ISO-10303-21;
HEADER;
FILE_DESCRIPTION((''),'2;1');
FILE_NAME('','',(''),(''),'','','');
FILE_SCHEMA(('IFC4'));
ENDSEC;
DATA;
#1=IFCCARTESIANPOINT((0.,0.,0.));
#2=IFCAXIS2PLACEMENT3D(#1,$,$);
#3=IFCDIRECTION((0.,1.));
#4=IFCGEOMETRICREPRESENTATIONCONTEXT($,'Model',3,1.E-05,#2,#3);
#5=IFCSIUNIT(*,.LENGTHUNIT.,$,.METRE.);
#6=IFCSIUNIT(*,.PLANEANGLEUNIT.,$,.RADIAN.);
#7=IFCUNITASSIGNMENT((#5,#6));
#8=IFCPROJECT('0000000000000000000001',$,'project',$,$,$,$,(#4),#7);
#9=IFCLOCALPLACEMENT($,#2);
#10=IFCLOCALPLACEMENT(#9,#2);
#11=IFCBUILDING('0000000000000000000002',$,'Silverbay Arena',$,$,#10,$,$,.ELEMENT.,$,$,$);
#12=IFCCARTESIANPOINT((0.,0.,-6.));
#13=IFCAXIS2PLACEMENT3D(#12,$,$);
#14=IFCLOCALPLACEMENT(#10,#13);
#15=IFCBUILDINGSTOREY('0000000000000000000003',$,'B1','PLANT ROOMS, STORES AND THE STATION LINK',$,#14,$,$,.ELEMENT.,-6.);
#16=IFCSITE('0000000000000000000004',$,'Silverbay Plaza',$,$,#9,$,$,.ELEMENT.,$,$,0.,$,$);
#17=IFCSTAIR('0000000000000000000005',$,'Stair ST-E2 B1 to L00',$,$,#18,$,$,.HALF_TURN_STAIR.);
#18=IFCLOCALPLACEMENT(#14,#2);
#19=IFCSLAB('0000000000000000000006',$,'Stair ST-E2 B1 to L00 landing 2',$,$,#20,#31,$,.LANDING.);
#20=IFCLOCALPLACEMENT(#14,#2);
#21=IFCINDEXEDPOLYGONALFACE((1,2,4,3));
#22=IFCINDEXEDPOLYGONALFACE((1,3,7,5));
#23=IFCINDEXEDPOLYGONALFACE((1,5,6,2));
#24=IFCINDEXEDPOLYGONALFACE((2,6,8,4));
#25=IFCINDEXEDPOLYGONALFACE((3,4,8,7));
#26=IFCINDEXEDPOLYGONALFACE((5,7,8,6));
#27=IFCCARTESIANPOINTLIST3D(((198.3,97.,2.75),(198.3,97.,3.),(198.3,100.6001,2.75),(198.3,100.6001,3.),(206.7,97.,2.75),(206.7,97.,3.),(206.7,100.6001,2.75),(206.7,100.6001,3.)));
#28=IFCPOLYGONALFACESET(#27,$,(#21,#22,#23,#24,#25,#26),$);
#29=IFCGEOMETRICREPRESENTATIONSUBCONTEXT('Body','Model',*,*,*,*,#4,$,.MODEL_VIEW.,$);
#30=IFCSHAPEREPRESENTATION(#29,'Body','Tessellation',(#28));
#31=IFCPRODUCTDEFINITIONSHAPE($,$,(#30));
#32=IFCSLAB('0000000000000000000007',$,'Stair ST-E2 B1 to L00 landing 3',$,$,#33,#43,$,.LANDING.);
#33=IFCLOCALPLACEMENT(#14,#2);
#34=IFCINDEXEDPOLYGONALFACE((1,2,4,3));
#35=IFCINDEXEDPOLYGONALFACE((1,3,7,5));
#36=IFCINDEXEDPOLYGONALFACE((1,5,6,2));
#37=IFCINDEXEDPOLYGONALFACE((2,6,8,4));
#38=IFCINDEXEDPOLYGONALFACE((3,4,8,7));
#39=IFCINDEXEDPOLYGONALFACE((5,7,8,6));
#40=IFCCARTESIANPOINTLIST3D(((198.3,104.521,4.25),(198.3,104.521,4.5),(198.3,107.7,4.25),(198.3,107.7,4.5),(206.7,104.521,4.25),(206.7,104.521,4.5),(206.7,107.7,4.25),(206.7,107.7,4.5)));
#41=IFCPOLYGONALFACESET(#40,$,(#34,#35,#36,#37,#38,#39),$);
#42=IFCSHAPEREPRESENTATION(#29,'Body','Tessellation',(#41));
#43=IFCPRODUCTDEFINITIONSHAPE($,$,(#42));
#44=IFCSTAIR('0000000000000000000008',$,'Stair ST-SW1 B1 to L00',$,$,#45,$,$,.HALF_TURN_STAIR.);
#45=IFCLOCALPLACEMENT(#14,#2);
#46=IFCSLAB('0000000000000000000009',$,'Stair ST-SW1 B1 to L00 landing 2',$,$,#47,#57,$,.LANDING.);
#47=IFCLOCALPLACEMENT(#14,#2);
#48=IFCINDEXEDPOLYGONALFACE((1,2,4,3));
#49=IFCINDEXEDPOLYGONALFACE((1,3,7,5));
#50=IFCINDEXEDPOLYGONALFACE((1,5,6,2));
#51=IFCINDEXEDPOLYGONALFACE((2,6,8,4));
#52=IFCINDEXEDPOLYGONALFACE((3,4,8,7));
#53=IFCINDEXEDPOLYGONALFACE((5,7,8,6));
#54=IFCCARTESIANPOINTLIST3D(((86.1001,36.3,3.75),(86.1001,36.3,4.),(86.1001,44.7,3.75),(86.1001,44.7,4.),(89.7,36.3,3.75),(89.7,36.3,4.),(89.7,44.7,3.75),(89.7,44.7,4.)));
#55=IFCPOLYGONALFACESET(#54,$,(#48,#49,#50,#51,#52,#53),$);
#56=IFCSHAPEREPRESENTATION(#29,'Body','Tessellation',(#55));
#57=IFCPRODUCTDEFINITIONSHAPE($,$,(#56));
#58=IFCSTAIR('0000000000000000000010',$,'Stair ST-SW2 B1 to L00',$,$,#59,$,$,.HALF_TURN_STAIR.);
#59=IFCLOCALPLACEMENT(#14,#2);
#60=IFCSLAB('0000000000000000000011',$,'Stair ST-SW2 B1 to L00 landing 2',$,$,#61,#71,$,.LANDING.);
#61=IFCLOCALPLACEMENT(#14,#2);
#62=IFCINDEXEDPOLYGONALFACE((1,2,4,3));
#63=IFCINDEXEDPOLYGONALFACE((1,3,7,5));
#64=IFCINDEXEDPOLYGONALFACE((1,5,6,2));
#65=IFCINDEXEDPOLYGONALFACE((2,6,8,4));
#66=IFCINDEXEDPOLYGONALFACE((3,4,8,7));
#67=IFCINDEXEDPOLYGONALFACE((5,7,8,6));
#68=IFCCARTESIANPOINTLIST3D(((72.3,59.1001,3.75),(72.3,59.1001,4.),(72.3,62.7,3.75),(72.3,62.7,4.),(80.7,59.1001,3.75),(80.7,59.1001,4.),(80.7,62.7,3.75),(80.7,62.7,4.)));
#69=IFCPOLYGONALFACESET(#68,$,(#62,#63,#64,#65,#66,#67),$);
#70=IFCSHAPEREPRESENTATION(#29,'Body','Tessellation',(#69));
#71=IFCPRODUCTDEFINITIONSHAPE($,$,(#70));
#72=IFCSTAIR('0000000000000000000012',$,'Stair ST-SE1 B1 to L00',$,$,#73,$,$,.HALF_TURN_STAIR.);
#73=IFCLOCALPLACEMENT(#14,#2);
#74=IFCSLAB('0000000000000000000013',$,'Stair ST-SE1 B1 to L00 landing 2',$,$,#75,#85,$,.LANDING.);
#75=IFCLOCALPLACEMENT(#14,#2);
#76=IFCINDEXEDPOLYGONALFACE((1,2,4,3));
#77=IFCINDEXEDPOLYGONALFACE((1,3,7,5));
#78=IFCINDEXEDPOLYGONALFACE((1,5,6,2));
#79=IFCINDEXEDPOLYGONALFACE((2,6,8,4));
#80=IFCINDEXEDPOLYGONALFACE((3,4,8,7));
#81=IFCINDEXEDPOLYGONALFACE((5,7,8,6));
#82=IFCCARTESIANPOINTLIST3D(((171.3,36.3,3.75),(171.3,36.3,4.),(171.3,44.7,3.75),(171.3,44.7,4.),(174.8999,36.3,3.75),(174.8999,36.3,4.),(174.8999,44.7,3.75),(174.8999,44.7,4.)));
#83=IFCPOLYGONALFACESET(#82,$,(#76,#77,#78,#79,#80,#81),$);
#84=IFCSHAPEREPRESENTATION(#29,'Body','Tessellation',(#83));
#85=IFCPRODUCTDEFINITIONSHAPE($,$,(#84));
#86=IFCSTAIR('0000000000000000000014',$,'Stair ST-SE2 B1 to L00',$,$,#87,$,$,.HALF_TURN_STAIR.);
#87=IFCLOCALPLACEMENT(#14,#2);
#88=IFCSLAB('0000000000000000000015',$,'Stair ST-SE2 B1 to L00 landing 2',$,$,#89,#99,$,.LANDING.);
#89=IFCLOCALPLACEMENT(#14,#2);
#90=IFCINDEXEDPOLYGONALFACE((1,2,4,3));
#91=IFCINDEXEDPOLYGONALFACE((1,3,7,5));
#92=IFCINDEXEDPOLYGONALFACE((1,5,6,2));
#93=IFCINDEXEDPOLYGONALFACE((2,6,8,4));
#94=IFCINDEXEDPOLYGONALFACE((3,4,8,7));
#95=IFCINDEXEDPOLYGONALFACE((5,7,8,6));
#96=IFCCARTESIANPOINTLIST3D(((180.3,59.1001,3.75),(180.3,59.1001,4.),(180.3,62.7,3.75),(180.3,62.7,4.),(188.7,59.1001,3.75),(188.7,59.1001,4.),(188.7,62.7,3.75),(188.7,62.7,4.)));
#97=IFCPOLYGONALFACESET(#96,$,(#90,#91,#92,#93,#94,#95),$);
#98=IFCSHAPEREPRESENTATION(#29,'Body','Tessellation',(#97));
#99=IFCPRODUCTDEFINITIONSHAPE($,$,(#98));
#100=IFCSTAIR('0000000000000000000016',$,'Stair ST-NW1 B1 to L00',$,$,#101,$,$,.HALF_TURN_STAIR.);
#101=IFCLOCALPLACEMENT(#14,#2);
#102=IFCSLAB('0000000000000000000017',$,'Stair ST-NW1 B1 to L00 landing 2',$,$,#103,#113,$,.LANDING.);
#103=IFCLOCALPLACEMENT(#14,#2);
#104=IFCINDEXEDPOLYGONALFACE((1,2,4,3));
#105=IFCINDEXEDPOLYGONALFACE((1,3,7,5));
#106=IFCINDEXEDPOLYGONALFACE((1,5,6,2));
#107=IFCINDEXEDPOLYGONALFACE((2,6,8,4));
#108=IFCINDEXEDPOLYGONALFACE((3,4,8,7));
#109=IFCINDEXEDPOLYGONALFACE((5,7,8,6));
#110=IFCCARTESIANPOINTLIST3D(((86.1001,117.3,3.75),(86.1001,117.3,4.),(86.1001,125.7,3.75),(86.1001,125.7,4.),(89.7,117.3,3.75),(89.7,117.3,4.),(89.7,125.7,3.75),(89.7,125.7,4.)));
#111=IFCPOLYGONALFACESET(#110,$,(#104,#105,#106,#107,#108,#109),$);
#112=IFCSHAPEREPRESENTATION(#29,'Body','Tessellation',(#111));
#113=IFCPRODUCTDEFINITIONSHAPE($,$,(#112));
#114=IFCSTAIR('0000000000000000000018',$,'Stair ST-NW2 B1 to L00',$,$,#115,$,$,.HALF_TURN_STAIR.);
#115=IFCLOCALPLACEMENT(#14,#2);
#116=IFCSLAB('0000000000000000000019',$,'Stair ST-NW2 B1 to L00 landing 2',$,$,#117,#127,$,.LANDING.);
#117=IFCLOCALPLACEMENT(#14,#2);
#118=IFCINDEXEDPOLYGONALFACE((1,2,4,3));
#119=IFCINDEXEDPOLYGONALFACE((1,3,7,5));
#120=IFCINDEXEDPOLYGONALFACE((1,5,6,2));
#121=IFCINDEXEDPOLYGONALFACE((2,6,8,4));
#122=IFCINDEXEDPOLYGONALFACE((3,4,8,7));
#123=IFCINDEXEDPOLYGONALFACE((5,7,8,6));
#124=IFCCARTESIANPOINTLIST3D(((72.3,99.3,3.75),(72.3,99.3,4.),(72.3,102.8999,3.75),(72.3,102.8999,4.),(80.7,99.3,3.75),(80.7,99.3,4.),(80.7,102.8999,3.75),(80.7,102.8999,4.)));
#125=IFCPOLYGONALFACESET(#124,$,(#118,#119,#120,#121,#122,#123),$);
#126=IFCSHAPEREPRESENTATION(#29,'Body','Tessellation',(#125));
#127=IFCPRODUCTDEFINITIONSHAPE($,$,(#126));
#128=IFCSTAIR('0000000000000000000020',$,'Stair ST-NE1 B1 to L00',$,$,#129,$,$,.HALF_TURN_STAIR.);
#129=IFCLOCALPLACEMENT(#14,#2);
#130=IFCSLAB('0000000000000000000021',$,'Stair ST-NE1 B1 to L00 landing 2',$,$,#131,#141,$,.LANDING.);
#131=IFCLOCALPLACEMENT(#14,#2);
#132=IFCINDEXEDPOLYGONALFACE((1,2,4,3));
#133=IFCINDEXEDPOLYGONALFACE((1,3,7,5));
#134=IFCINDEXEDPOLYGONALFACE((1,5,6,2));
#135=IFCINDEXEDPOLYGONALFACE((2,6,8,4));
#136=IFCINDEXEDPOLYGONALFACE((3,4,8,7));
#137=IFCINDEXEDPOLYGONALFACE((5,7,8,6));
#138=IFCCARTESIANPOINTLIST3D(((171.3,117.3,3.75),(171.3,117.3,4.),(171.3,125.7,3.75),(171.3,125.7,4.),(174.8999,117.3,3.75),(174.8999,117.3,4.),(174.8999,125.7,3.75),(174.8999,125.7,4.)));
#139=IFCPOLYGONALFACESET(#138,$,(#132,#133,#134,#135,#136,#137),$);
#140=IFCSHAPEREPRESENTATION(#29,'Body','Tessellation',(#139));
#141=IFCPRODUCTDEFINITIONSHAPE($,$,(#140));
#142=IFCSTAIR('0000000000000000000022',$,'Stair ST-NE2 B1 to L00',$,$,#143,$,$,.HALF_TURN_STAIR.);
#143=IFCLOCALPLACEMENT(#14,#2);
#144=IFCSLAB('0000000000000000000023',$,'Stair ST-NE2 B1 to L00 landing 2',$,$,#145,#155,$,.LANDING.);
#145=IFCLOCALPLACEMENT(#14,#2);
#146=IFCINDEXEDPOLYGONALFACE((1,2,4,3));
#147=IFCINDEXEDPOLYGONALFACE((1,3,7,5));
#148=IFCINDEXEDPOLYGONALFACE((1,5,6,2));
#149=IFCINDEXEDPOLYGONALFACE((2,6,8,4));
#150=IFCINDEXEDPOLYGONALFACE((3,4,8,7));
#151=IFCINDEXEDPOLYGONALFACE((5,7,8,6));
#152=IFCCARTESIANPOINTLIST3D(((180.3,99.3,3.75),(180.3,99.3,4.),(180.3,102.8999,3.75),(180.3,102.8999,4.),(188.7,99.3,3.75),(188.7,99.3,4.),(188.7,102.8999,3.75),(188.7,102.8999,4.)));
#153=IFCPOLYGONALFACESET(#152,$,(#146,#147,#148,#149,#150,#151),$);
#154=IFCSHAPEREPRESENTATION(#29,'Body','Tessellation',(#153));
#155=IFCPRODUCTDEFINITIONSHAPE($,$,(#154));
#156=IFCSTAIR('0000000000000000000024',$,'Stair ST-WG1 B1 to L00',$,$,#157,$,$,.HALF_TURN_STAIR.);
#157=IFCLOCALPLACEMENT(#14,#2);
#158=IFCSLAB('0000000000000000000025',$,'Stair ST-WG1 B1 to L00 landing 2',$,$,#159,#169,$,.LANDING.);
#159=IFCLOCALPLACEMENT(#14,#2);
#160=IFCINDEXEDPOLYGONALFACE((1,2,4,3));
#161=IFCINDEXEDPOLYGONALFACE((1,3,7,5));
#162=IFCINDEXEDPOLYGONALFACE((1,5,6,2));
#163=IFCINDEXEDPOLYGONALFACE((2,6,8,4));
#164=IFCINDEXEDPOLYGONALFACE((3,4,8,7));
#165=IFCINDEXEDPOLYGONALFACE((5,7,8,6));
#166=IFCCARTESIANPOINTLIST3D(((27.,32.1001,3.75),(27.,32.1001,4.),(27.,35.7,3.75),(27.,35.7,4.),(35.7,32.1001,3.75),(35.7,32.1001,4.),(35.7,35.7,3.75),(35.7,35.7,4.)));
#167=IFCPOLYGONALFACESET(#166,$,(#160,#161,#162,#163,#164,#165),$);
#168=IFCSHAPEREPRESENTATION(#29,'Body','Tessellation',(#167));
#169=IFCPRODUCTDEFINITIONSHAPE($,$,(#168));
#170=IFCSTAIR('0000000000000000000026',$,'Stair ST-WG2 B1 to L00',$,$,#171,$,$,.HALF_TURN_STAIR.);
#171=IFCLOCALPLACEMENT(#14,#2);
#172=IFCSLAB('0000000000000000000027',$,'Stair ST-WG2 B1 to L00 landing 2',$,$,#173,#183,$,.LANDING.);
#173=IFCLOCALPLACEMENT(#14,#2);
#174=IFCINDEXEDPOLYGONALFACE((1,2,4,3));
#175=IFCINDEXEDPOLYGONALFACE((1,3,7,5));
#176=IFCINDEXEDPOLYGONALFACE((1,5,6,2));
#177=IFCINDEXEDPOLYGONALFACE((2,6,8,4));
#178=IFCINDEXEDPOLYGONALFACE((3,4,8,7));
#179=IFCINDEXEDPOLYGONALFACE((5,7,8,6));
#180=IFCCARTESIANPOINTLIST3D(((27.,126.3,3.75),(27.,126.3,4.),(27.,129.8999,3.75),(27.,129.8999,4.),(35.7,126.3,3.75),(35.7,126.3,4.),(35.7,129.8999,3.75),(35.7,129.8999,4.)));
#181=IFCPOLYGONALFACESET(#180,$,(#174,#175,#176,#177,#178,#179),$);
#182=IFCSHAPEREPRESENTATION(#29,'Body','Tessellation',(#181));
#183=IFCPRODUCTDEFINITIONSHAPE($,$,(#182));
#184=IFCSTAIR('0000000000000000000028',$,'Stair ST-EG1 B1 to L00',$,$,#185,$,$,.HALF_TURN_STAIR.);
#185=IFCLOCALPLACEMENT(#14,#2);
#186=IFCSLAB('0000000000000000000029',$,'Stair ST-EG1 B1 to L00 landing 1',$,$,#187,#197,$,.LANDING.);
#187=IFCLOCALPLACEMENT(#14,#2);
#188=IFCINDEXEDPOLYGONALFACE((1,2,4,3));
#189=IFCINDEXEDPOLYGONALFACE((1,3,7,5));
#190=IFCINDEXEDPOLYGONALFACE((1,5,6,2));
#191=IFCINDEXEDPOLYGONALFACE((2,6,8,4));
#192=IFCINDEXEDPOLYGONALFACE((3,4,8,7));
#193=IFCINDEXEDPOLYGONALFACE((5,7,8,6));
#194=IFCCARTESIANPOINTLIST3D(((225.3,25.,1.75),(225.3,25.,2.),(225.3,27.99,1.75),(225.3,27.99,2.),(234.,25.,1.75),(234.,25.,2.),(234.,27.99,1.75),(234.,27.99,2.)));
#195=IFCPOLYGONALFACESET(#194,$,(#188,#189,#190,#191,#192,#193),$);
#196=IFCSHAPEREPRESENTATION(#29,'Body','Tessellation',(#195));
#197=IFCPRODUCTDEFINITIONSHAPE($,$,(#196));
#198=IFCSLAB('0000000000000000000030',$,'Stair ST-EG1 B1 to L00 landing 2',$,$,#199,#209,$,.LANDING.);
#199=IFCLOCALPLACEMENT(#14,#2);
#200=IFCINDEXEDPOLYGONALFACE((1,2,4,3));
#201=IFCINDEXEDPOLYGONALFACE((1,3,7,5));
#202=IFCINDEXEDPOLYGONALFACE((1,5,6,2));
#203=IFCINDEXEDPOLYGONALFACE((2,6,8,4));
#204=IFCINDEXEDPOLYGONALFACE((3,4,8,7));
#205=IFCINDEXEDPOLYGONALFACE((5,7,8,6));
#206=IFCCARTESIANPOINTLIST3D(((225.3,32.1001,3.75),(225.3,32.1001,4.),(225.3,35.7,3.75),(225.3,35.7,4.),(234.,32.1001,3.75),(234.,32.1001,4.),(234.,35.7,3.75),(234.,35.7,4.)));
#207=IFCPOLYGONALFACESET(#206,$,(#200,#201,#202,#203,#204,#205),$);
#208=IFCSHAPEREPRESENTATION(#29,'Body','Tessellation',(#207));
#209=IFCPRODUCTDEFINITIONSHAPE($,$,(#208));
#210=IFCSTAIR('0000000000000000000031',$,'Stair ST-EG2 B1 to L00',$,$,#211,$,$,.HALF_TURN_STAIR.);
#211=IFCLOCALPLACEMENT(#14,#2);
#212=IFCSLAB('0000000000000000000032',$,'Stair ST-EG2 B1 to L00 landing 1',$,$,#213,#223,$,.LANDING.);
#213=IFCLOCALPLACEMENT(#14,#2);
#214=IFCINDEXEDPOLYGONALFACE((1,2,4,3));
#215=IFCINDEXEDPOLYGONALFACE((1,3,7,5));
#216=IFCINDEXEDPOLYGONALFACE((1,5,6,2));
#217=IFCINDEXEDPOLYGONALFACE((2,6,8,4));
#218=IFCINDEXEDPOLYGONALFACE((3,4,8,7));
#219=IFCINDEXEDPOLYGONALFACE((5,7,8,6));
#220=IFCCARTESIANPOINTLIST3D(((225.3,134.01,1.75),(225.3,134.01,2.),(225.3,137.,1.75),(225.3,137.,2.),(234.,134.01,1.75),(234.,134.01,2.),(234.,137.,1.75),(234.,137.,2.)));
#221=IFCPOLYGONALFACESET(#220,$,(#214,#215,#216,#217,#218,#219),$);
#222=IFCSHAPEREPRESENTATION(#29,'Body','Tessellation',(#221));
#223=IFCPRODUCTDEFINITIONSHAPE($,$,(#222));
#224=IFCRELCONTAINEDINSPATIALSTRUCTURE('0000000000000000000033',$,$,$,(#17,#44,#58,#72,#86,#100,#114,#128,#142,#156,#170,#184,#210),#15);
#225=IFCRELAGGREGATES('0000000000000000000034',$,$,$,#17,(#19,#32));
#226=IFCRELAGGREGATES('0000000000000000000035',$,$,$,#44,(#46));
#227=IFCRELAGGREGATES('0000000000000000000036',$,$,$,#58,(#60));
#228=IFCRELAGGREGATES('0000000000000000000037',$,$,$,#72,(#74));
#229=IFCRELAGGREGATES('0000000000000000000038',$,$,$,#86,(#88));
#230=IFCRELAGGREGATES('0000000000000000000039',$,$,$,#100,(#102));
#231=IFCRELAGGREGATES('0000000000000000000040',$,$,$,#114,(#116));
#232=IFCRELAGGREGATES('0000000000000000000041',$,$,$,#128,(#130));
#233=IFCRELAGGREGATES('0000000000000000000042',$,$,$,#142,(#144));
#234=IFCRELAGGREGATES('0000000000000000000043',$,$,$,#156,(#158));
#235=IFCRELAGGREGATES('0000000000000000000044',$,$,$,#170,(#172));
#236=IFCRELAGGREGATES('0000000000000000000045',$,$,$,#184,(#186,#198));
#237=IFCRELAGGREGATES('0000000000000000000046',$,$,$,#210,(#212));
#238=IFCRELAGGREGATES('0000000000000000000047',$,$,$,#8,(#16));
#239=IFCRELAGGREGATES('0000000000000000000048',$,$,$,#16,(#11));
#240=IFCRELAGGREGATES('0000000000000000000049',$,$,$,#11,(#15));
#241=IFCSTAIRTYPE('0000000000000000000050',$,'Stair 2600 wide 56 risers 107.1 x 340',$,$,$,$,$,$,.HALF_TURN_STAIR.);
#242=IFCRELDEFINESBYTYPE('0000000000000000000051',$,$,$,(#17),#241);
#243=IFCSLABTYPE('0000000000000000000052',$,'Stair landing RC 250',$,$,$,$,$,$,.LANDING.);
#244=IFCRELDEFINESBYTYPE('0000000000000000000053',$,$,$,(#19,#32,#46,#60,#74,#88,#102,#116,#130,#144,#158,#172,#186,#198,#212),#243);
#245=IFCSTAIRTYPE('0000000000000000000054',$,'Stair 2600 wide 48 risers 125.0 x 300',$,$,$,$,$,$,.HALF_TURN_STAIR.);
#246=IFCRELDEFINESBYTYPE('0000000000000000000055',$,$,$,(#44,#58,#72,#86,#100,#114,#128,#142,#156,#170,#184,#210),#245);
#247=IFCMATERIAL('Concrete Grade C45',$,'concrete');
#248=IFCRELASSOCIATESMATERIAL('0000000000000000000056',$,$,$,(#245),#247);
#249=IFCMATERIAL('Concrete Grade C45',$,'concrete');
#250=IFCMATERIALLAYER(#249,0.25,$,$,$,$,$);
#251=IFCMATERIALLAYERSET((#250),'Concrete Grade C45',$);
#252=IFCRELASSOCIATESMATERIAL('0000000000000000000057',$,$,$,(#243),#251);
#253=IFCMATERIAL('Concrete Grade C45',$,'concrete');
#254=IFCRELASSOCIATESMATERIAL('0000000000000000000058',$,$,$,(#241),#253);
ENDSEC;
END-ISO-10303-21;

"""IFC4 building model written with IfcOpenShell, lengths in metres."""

from ifc_helpers import new_model, si_unit, direction, frame, origin, place, context, subcontext, project, spatial, polyline, outline, extrude, material, layer, layer_set, type_object, element, aggregate, save


model = new_model("IFC4")

# Units and contexts
model_context = context("Model", 3, precision=1e-05, world=origin(), true_north=direction((0.0, 1.0)))
body_context = subcontext(model_context, "Body", "Model", "MODEL_VIEW")
ifc_project = project(units=[si_unit("LENGTHUNIT", "METRE"), si_unit("PLANEANGLEUNIT", "RADIAN")], contexts=[model_context])

# Site, building, storey
site_placement = place(None, origin())
site = spatial("IfcSite", under=ifc_project, at=site_placement, Name="Silverbay Plaza", CompositionType="ELEMENT", RefElevation=0.0)
building_placement = place(site_placement, origin())
building = spatial("IfcBuilding", under=site, at=building_placement, Name="Silverbay Arena", CompositionType="ELEMENT")
storey_placement = place(building_placement, frame((0.0, 0.0, -6.0)))
storey = spatial("IfcBuildingStorey", under=building, at=storey_placement, Name="B1", Description="PLANT ROOMS, STORES AND THE STATION LINK", CompositionType="ELEMENT", Elevation=-6.0)

# Shared definitions
ifc_material_1 = material(Name="Concrete Grade C45", Category="concrete")
stair_type_1 = type_object("IfcStairType", Name="Stair 2600 wide 48 risers 125.0 x 300", PredefinedType="HALF_TURN_STAIR", material=ifc_material_1)

# Shared definitions
ifc_material_2 = material(Name="Concrete Grade C45", Category="concrete")
ifc_layer_1 = layer(ifc_material_2, 0.25)
ifc_layer_set_1 = layer_set([ifc_layer_1], Name="Concrete Grade C45")
slab_type_1 = type_object("IfcSlabType", Name="Stair landing RC 250", PredefinedType="LANDING", material=ifc_layer_set_1)

# Stair, slabs
ifc_material_3 = material(Name="Concrete Grade C45", Category="concrete")
stair_type_2 = type_object("IfcStairType", Name="Stair 2600 wide 56 risers 107.1 x 340", PredefinedType="HALF_TURN_STAIR", material=ifc_material_3)
stair_1_placement = place(storey_placement, origin())
stair_1 = element("IfcStair", 1, at=stair_1_placement, inside=storey, type_object=stair_type_2, Name="Stair ST-E2 B1 to L00", PredefinedType="HALF_TURN_STAIR")
slab_1_placement = place(storey_placement, frame((0.0, 0.0, 2.75)))
slab_1 = element("IfcSlab", 2, at=slab_1_placement, type_object=slab_type_1, Name="Stair ST-E2 B1 to L00 landing 2", PredefinedType="LANDING", context=body_context, shape_type="SweptSolid", body=[
    extrude(outline(polyline([(198.3, 97.0), (198.3, 100.6001), (206.7, 100.6001), (206.7, 97.0), (198.3, 97.0)])), origin(), (0.0, 0.0, 1.0), 0.25),
])
slab_2_placement = place(storey_placement, frame((0.0, 0.0, 4.25)))
slab_2 = element("IfcSlab", 3, at=slab_2_placement, type_object=slab_type_1, Name="Stair ST-E2 B1 to L00 landing 3", PredefinedType="LANDING", context=body_context, shape_type="SweptSolid", body=[
    extrude(outline(polyline([(198.3, 104.521), (198.3, 107.7), (206.7, 107.7), (206.7, 104.521), (198.3, 104.521)])), origin(), (0.0, 0.0, 1.0), 0.25),
])
aggregate(stair_1, [slab_1, slab_2])

# Stairs, slabs
stair_2_placement = place(storey_placement, origin())
stair_2 = element("IfcStair", 4, at=stair_2_placement, inside=storey, type_object=stair_type_1, Name="Stair ST-SW1 B1 to L00", PredefinedType="HALF_TURN_STAIR")
slab_3_placement = place(storey_placement, frame((0.0, 0.0, 3.75)))
slab_3 = element("IfcSlab", 5, at=slab_3_placement, type_object=slab_type_1, Name="Stair ST-SW1 B1 to L00 landing 2", PredefinedType="LANDING", context=body_context, shape_type="SweptSolid", body=[
    extrude(outline(polyline([(89.7, 44.7), (86.1001, 44.7), (86.1001, 36.3), (89.7, 36.3), (89.7, 44.7)])), origin(), (0.0, 0.0, 1.0), 0.25),
])
aggregate(stair_2, [slab_3])
stair_3_placement = place(storey_placement, origin())
stair_3 = element("IfcStair", 6, at=stair_3_placement, inside=storey, type_object=stair_type_1, Name="Stair ST-SW2 B1 to L00", PredefinedType="HALF_TURN_STAIR")
slab_4_placement = place(storey_placement, frame((0.0, 0.0, 3.75)))
slab_4 = element("IfcSlab", 7, at=slab_4_placement, type_object=slab_type_1, Name="Stair ST-SW2 B1 to L00 landing 2", PredefinedType="LANDING", context=body_context, shape_type="SweptSolid", body=[
    extrude(outline(polyline([(80.7, 62.7), (80.7, 59.1001), (72.3, 59.1001), (72.3, 62.7), (80.7, 62.7)])), origin(), (0.0, 0.0, 1.0), 0.25),
])
aggregate(stair_3, [slab_4])
stair_4_placement = place(storey_placement, origin())
stair_4 = element("IfcStair", 8, at=stair_4_placement, inside=storey, type_object=stair_type_1, Name="Stair ST-SE1 B1 to L00", PredefinedType="HALF_TURN_STAIR")
slab_5_placement = place(storey_placement, frame((0.0, 0.0, 3.75)))
slab_5 = element("IfcSlab", 9, at=slab_5_placement, type_object=slab_type_1, Name="Stair ST-SE1 B1 to L00 landing 2", PredefinedType="LANDING", context=body_context, shape_type="SweptSolid", body=[
    extrude(outline(polyline([(171.3, 44.7), (174.8999, 44.7), (174.8999, 36.3), (171.3, 36.3), (171.3, 44.7)])), origin(), (0.0, 0.0, 1.0), 0.25),
])
aggregate(stair_4, [slab_5])
stair_5_placement = place(storey_placement, origin())
stair_5 = element("IfcStair", 10, at=stair_5_placement, inside=storey, type_object=stair_type_1, Name="Stair ST-SE2 B1 to L00", PredefinedType="HALF_TURN_STAIR")
slab_6_placement = place(storey_placement, frame((0.0, 0.0, 3.75)))
slab_6 = element("IfcSlab", 11, at=slab_6_placement, type_object=slab_type_1, Name="Stair ST-SE2 B1 to L00 landing 2", PredefinedType="LANDING", context=body_context, shape_type="SweptSolid", body=[
    extrude(outline(polyline([(180.3, 62.7), (180.3, 59.1001), (188.7, 59.1001), (188.7, 62.7), (180.3, 62.7)])), origin(), (0.0, 0.0, 1.0), 0.25),
])
aggregate(stair_5, [slab_6])
stair_6_placement = place(storey_placement, origin())
stair_6 = element("IfcStair", 12, at=stair_6_placement, inside=storey, type_object=stair_type_1, Name="Stair ST-NW1 B1 to L00", PredefinedType="HALF_TURN_STAIR")
slab_7_placement = place(storey_placement, frame((0.0, 0.0, 3.75)))
slab_7 = element("IfcSlab", 13, at=slab_7_placement, type_object=slab_type_1, Name="Stair ST-NW1 B1 to L00 landing 2", PredefinedType="LANDING", context=body_context, shape_type="SweptSolid", body=[
    extrude(outline(polyline([(89.7, 117.3), (86.1001, 117.3), (86.1001, 125.7), (89.7, 125.7), (89.7, 117.3)])), origin(), (0.0, 0.0, 1.0), 0.25),
])
aggregate(stair_6, [slab_7])
stair_7_placement = place(storey_placement, origin())
stair_7 = element("IfcStair", 14, at=stair_7_placement, inside=storey, type_object=stair_type_1, Name="Stair ST-NW2 B1 to L00", PredefinedType="HALF_TURN_STAIR")
slab_8_placement = place(storey_placement, frame((0.0, 0.0, 3.75)))
slab_8 = element("IfcSlab", 15, at=slab_8_placement, type_object=slab_type_1, Name="Stair ST-NW2 B1 to L00 landing 2", PredefinedType="LANDING", context=body_context, shape_type="SweptSolid", body=[
    extrude(outline(polyline([(80.7, 99.3), (80.7, 102.8999), (72.3, 102.8999), (72.3, 99.3), (80.7, 99.3)])), origin(), (0.0, 0.0, 1.0), 0.25),
])
aggregate(stair_7, [slab_8])
stair_8_placement = place(storey_placement, origin())
stair_8 = element("IfcStair", 16, at=stair_8_placement, inside=storey, type_object=stair_type_1, Name="Stair ST-NE1 B1 to L00", PredefinedType="HALF_TURN_STAIR")
slab_9_placement = place(storey_placement, frame((0.0, 0.0, 3.75)))
slab_9 = element("IfcSlab", 17, at=slab_9_placement, type_object=slab_type_1, Name="Stair ST-NE1 B1 to L00 landing 2", PredefinedType="LANDING", context=body_context, shape_type="SweptSolid", body=[
    extrude(outline(polyline([(171.3, 117.3), (174.8999, 117.3), (174.8999, 125.7), (171.3, 125.7), (171.3, 117.3)])), origin(), (0.0, 0.0, 1.0), 0.25),
])
aggregate(stair_8, [slab_9])
stair_9_placement = place(storey_placement, origin())
stair_9 = element("IfcStair", 18, at=stair_9_placement, inside=storey, type_object=stair_type_1, Name="Stair ST-NE2 B1 to L00", PredefinedType="HALF_TURN_STAIR")
slab_10_placement = place(storey_placement, frame((0.0, 0.0, 3.75)))
slab_10 = element("IfcSlab", 19, at=slab_10_placement, type_object=slab_type_1, Name="Stair ST-NE2 B1 to L00 landing 2", PredefinedType="LANDING", context=body_context, shape_type="SweptSolid", body=[
    extrude(outline(polyline([(180.3, 99.3), (180.3, 102.8999), (188.7, 102.8999), (188.7, 99.3), (180.3, 99.3)])), origin(), (0.0, 0.0, 1.0), 0.25),
])
aggregate(stair_9, [slab_10])
stair_10_placement = place(storey_placement, origin())
stair_10 = element("IfcStair", 20, at=stair_10_placement, inside=storey, type_object=stair_type_1, Name="Stair ST-WG1 B1 to L00", PredefinedType="HALF_TURN_STAIR")
slab_11_placement = place(storey_placement, frame((0.0, 0.0, 3.75)))
slab_11 = element("IfcSlab", 21, at=slab_11_placement, type_object=slab_type_1, Name="Stair ST-WG1 B1 to L00 landing 2", PredefinedType="LANDING", context=body_context, shape_type="SweptSolid", body=[
    extrude(outline(polyline([(35.7, 35.7), (35.7, 32.1001), (27.0, 32.1001), (27.0, 35.7), (35.7, 35.7)])), origin(), (0.0, 0.0, 1.0), 0.25),
])
aggregate(stair_10, [slab_11])
stair_11_placement = place(storey_placement, origin())
stair_11 = element("IfcStair", 22, at=stair_11_placement, inside=storey, type_object=stair_type_1, Name="Stair ST-WG2 B1 to L00", PredefinedType="HALF_TURN_STAIR")
slab_12_placement = place(storey_placement, frame((0.0, 0.0, 3.75)))
slab_12 = element("IfcSlab", 23, at=slab_12_placement, type_object=slab_type_1, Name="Stair ST-WG2 B1 to L00 landing 2", PredefinedType="LANDING", context=body_context, shape_type="SweptSolid", body=[
    extrude(outline(polyline([(35.7, 126.3), (35.7, 129.8999), (27.0, 129.8999), (27.0, 126.3), (35.7, 126.3)])), origin(), (0.0, 0.0, 1.0), 0.25),
])
aggregate(stair_11, [slab_12])

# Stairs, slabs
stair_12_placement = place(storey_placement, origin())
stair_12 = element("IfcStair", 24, at=stair_12_placement, inside=storey, type_object=stair_type_1, Name="Stair ST-EG1 B1 to L00", PredefinedType="HALF_TURN_STAIR")
slab_13_placement = place(storey_placement, frame((0.0, 0.0, 1.75)))
slab_13 = element("IfcSlab", 25, at=slab_13_placement, type_object=slab_type_1, Name="Stair ST-EG1 B1 to L00 landing 1", PredefinedType="LANDING", context=body_context, shape_type="SweptSolid", body=[
    extrude(outline(polyline([(225.3, 27.99), (225.3, 25.0), (234.0, 25.0), (234.0, 27.99), (225.3, 27.99)])), origin(), (0.0, 0.0, 1.0), 0.25),
])
slab_14_placement = place(storey_placement, frame((0.0, 0.0, 3.75)))
slab_14 = element("IfcSlab", 26, at=slab_14_placement, type_object=slab_type_1, Name="Stair ST-EG1 B1 to L00 landing 2", PredefinedType="LANDING", context=body_context, shape_type="SweptSolid", body=[
    extrude(outline(polyline([(225.3, 35.7), (225.3, 32.1001), (234.0, 32.1001), (234.0, 35.7), (225.3, 35.7)])), origin(), (0.0, 0.0, 1.0), 0.25),
])
aggregate(stair_12, [slab_13, slab_14])
stair_13_placement = place(storey_placement, origin())
stair_13 = element("IfcStair", 27, at=stair_13_placement, inside=storey, type_object=stair_type_1, Name="Stair ST-EG2 B1 to L00", PredefinedType="HALF_TURN_STAIR")
slab_15_placement = place(storey_placement, frame((0.0, 0.0, 1.75)))
slab_15 = element("IfcSlab", 28, at=slab_15_placement, type_object=slab_type_1, Name="Stair ST-EG2 B1 to L00 landing 1", PredefinedType="LANDING", context=body_context, shape_type="SweptSolid", body=[
    extrude(outline(polyline([(225.3, 134.01), (225.3, 137.0), (234.0, 137.0), (234.0, 134.01), (225.3, 134.01)])), origin(), (0.0, 0.0, 1.0), 0.25),
])
aggregate(stair_13, [slab_15])

save(model, "model.ifc")
